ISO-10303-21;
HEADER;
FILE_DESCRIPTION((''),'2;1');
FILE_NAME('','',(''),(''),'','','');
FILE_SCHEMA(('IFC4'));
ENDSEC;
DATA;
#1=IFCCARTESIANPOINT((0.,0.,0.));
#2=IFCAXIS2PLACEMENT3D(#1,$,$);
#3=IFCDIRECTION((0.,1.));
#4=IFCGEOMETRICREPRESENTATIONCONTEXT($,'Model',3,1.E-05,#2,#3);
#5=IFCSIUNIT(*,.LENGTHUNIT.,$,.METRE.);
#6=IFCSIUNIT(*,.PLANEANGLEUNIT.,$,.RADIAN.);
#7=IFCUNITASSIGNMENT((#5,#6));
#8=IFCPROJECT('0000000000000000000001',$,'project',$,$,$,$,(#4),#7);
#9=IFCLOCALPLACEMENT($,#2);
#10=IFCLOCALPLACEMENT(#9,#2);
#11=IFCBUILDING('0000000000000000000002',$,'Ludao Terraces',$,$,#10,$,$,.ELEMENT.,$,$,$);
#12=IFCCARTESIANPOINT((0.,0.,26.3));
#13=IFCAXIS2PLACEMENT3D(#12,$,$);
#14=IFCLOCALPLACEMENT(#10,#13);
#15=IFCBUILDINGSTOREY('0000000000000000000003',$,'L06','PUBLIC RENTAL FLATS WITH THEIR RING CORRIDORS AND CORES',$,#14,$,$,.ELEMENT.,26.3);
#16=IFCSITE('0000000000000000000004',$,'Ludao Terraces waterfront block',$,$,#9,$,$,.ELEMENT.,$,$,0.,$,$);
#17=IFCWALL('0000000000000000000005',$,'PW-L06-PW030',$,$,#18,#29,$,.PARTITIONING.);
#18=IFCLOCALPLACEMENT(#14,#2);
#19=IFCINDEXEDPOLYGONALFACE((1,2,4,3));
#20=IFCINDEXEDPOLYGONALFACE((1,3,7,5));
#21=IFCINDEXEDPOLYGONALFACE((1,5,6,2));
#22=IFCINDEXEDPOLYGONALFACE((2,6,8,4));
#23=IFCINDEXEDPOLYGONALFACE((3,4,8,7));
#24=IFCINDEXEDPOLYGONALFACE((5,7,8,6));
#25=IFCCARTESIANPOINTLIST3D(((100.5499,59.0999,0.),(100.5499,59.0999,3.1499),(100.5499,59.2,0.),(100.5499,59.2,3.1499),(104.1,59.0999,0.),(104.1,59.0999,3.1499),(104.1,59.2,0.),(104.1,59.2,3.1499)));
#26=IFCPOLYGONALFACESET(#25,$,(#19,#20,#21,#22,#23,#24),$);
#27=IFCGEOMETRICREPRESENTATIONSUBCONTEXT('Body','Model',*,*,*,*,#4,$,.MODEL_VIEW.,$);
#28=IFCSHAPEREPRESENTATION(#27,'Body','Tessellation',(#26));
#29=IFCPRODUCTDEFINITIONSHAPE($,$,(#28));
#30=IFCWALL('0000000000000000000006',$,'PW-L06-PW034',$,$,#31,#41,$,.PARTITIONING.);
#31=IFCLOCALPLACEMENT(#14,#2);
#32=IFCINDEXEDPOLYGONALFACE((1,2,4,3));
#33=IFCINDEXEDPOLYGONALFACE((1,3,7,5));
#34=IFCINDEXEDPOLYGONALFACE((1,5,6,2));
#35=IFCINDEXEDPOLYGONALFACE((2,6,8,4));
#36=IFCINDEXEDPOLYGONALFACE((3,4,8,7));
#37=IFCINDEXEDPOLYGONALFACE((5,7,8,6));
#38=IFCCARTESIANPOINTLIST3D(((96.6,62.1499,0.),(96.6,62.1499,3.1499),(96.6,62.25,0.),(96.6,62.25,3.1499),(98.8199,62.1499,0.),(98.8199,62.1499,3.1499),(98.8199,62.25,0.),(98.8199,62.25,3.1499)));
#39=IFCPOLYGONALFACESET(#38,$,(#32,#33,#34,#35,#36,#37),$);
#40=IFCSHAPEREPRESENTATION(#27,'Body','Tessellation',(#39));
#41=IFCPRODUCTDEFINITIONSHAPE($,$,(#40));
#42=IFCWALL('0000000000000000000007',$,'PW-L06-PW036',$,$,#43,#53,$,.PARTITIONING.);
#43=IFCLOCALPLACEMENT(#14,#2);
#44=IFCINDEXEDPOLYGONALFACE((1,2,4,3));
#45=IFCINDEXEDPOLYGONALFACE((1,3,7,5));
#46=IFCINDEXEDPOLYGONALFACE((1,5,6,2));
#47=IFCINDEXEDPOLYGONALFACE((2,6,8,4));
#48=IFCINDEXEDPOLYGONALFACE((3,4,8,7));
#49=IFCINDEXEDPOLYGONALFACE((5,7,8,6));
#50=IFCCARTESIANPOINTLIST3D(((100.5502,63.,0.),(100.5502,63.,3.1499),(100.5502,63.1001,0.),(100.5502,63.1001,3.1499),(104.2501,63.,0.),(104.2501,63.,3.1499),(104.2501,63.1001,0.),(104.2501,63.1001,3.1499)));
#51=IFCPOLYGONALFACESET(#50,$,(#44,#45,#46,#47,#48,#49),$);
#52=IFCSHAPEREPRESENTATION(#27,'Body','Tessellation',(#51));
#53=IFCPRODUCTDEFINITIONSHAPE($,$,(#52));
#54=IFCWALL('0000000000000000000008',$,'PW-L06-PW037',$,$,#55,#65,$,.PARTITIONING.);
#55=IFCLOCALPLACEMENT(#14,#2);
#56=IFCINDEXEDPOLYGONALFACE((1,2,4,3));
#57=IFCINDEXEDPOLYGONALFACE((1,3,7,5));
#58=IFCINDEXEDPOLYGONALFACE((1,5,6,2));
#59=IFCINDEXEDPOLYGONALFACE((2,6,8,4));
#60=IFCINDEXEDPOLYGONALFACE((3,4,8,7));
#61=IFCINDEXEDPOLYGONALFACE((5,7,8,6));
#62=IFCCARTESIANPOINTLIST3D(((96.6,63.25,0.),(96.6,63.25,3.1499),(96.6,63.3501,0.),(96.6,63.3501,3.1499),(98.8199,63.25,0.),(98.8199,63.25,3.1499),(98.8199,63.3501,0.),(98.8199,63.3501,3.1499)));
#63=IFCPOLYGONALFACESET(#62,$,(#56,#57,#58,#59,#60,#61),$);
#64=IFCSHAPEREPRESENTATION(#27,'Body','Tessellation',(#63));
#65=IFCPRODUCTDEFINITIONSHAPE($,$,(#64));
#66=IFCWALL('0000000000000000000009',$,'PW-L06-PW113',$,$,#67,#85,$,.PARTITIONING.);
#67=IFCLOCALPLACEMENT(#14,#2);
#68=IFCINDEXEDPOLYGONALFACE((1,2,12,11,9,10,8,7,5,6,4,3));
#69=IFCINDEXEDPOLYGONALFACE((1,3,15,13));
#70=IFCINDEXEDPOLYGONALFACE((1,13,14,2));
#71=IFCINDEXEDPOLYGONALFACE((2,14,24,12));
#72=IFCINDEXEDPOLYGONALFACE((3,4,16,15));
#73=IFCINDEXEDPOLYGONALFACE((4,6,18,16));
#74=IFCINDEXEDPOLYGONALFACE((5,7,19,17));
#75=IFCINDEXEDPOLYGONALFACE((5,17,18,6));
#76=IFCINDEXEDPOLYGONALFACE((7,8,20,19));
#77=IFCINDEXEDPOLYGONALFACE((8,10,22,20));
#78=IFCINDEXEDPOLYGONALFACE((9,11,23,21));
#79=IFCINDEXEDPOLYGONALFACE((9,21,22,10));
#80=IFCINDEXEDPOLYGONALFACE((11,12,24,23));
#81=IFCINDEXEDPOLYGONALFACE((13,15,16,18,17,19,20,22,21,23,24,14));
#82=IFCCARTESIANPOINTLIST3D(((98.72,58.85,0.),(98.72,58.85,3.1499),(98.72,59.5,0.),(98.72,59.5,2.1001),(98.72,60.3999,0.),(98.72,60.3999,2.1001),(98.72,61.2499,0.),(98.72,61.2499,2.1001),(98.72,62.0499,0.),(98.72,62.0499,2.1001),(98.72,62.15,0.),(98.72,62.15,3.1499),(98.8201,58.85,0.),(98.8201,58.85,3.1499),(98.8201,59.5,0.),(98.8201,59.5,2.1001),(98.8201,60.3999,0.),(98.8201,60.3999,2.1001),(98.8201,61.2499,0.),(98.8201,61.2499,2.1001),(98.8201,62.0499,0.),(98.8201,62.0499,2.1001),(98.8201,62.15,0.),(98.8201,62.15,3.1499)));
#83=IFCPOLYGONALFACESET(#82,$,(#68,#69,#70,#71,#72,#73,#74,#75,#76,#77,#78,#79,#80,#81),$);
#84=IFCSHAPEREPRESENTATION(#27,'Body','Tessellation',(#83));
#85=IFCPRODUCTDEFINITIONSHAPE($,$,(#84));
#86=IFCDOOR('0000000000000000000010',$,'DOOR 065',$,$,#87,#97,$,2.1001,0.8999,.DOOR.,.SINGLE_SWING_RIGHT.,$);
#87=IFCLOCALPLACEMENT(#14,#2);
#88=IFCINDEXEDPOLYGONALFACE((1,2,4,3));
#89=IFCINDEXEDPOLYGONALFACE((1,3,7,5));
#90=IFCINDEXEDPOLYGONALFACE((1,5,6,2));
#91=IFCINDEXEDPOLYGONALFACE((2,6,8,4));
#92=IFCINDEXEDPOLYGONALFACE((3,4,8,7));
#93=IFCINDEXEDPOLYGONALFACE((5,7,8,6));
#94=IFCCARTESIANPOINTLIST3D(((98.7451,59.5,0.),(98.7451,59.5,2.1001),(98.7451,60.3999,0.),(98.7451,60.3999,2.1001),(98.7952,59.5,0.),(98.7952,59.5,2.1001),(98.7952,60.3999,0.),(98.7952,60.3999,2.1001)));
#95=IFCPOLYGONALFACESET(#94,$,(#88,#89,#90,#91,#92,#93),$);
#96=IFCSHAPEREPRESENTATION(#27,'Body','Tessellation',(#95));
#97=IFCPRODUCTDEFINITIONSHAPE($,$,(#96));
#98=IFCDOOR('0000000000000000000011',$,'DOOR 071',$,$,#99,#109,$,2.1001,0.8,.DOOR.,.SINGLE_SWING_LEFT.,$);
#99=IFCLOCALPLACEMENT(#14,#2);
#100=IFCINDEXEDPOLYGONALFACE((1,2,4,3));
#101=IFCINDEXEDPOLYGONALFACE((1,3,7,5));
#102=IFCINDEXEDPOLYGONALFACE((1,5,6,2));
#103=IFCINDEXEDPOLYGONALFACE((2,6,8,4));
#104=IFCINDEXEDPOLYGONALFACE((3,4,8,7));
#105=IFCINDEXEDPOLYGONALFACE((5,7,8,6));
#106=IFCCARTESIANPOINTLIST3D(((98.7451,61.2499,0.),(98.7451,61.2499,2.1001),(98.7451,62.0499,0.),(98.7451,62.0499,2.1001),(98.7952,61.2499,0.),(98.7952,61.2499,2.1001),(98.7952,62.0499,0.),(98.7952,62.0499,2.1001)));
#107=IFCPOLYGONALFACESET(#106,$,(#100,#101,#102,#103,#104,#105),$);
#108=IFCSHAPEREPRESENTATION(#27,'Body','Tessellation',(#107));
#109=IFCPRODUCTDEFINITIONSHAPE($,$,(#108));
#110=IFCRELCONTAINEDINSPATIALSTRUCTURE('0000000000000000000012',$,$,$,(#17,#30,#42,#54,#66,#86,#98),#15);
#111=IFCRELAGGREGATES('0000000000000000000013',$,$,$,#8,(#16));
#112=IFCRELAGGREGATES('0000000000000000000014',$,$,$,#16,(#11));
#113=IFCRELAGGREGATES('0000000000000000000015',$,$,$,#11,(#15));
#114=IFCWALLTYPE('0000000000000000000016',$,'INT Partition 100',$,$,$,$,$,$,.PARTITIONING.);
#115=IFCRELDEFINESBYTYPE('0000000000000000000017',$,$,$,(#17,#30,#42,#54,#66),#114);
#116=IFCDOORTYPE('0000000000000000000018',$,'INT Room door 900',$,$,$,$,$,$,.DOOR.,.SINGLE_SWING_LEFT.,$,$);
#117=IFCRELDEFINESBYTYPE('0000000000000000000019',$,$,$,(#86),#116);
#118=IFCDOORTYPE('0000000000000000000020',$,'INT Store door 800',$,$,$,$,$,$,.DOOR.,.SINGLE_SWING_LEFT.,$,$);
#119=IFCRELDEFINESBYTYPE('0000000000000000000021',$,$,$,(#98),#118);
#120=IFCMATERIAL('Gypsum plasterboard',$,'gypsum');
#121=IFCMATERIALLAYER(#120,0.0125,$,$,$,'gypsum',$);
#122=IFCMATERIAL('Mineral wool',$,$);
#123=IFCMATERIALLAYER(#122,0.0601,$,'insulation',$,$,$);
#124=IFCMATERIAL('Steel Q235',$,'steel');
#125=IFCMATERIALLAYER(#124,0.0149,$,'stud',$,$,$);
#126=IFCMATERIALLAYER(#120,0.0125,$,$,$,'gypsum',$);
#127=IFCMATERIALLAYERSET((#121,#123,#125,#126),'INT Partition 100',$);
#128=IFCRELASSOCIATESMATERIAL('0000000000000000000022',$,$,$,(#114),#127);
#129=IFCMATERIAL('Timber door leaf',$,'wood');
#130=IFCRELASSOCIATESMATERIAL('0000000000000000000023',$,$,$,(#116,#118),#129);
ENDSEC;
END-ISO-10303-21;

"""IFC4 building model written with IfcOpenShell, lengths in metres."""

from ifc_helpers import new_model, si_unit, direction, frame, frame_2d, origin, place, context, subcontext, project, spatial, rectangle, extrude, material, layer, layer_set, type_object, element, fill, save


model = new_model("IFC4")

# Units and contexts
model_context = context("Model", 3, precision=1e-05, world=origin(), true_north=direction((0.0, 1.0)))
body_context = subcontext(model_context, "Body", "Model", "MODEL_VIEW")
ifc_project = project(units=[si_unit("LENGTHUNIT", "METRE"), si_unit("PLANEANGLEUNIT", "RADIAN")], contexts=[model_context])

# Site, building, storey
site_placement = place(None, origin())
site = spatial("IfcSite", under=ifc_project, at=site_placement, Name="Ludao Terraces waterfront block", CompositionType="ELEMENT", RefElevation=0.0)
building_placement = place(site_placement, origin())
building = spatial("IfcBuilding", under=site, at=building_placement, Name="Ludao Terraces", CompositionType="ELEMENT")
storey_placement = place(building_placement, frame((0.0, 0.0, 26.3)))
storey = spatial("IfcBuildingStorey", under=building, at=storey_placement, Name="L06", Description="PUBLIC RENTAL FLATS WITH THEIR RING CORRIDORS AND CORES", CompositionType="ELEMENT", Elevation=26.3)

# Walls
ifc_material_1 = material(Name="Gypsum plasterboard", Category="gypsum")
ifc_layer_1 = layer(ifc_material_1, 0.0125, Category="gypsum")
ifc_material_2 = material(Name="Mineral wool")
ifc_layer_2 = layer(ifc_material_2, 0.0601, Name="insulation")
ifc_material_3 = material(Name="Steel Q235", Category="steel")
ifc_layer_3 = layer(ifc_material_3, 0.0149, Name="stud")
ifc_layer_4 = layer(ifc_material_1, 0.0125, Category="gypsum")
ifc_layer_set = layer_set([ifc_layer_1, ifc_layer_2, ifc_layer_3, ifc_layer_4], Name="INT Partition 100")
wall_type = type_object("IfcWallType", Name="INT Partition 100", PredefinedType="PARTITIONING", material=ifc_layer_set)
wall_1_placement = place(storey_placement, frame((100.55, 59.1499, 0.0), z_axis=(0.0, 0.0, 1.0), x_axis=(1.0, 0.0, 0.0)))
element("IfcWall", 1, at=wall_1_placement, inside=storey, type_object=wall_type, Name="PW-L06-PW030", PredefinedType="PARTITIONING", context=body_context, shape_type="SweptSolid", body=[
    extrude(rectangle(XDim=3.55, YDim=0.1001, at=frame_2d((1.7749, 0.0))), origin(), (0.0, 0.0, 1.0), 3.1499),
])
wall_2_placement = place(storey_placement, frame((96.6001, 62.2, 0.0), z_axis=(0.0, 0.0, 1.0), x_axis=(1.0, 0.0, 0.0)))
element("IfcWall", 2, at=wall_2_placement, inside=storey, type_object=wall_type, Name="PW-L06-PW034", PredefinedType="PARTITIONING", context=body_context, shape_type="SweptSolid", body=[
    extrude(rectangle(XDim=2.22, YDim=0.1001, at=frame_2d((1.1099, 0.0))), origin(), (0.0, 0.0, 1.0), 3.1499),
])
wall_3_placement = place(storey_placement, frame((100.55, 63.05, 0.0), z_axis=(0.0, 0.0, 1.0), x_axis=(1.0, 0.0, 0.0)))
element("IfcWall", 3, at=wall_3_placement, inside=storey, type_object=wall_type, Name="PW-L06-PW036", PredefinedType="PARTITIONING", context=body_context, shape_type="SweptSolid", body=[
    extrude(rectangle(XDim=3.7, YDim=0.1001, at=frame_2d((1.8501, 0.0))), origin(), (0.0, 0.0, 1.0), 3.1499),
])
wall_4_placement = place(storey_placement, frame((96.6001, 63.3, 0.0), z_axis=(0.0, 0.0, 1.0), x_axis=(1.0, 0.0, 0.0)))
element("IfcWall", 4, at=wall_4_placement, inside=storey, type_object=wall_type, Name="PW-L06-PW037", PredefinedType="PARTITIONING", context=body_context, shape_type="SweptSolid", body=[
    extrude(rectangle(XDim=2.22, YDim=0.1001, at=frame_2d((1.1099, 0.0))), origin(), (0.0, 0.0, 1.0), 3.1499),
])

# Wall, openings, doors
wall_5_placement = place(storey_placement, frame((98.77, 58.8501, 0.0), z_axis=(0.0, 0.0, 1.0), x_axis=(0.0, 1.0, 0.0)))
wall_5 = element("IfcWall", 5, at=wall_5_placement, inside=storey, type_object=wall_type, Name="PW-L06-PW113", PredefinedType="PARTITIONING", context=body_context, shape_type="SweptSolid", body=[
    extrude(rectangle(XDim=3.3, YDim=0.1001, at=frame_2d((1.6499, 0.0))), origin(), (0.0, 0.0, 1.0), 3.1499),
])
opening_1_placement = place(wall_5_placement, frame((0.6499, 0.0, 0.0)))
opening_1 = element("IfcOpeningElement", 6, at=opening_1_placement, cuts=wall_5, PredefinedType="OPENING", context=body_context, shape_type="SweptSolid", body=[
    extrude(rectangle(XDim=0.8999, YDim=2.1001, at=frame_2d((0.45, 1.05))), frame((0.0, 0.0601, 0.0), z_axis=(0.0, -1.0, 0.0), x_axis=(1.0, 0.0, 0.0)), (0.0, 0.0, 1.0), 0.1201),
])
opening_2_placement = place(wall_5_placement, frame((2.3999, 0.0, 0.0)))
opening_2 = element("IfcOpeningElement", 7, at=opening_2_placement, cuts=wall_5, PredefinedType="OPENING", context=body_context, shape_type="SweptSolid", body=[
    extrude(rectangle(XDim=0.8, YDim=2.1001, at=frame_2d((0.3999, 1.05))), frame((0.0, 0.0601, 0.0), z_axis=(0.0, -1.0, 0.0), x_axis=(1.0, 0.0, 0.0)), (0.0, 0.0, 1.0), 0.1201),
])
ifc_material_4 = material(Name="Timber door leaf", Category="wood")
door_type_1 = type_object("IfcDoorType", Name="INT Room door 900", OperationType="SINGLE_SWING_LEFT", PredefinedType="DOOR", material=ifc_material_4)
door_1_placement = place(opening_1_placement, origin())
door_1 = element("IfcDoor", 8, at=door_1_placement, inside=storey, type_object=door_type_1, Name="DOOR 065", OperationType="SINGLE_SWING_RIGHT", OverallHeight=2.1001, OverallWidth=0.8999, PredefinedType="DOOR", context=body_context, shape_type="SweptSolid", body=[
    extrude(rectangle(XDim=0.8999, YDim=2.1001, at=frame_2d((0.45, 1.05))), frame((0.0, 0.0249, 0.0), z_axis=(0.0, -1.0, 0.0), x_axis=(1.0, 0.0, 0.0)), (0.0, 0.0, 1.0), 0.05),
])
fill(opening_1, door_1)
door_type_2 = type_object("IfcDoorType", Name="INT Store door 800", OperationType="SINGLE_SWING_LEFT", PredefinedType="DOOR", material=ifc_material_4)
door_2_placement = place(opening_2_placement, origin())
door_2 = element("IfcDoor", 9, at=door_2_placement, inside=storey, type_object=door_type_2, Name="DOOR 071", OperationType="SINGLE_SWING_LEFT", OverallHeight=2.1001, OverallWidth=0.8, PredefinedType="DOOR", context=body_context, shape_type="SweptSolid", body=[
    extrude(rectangle(XDim=0.8, YDim=2.1001, at=frame_2d((0.3999, 1.05))), frame((0.0, 0.0249, 0.0), z_axis=(0.0, -1.0, 0.0), x_axis=(1.0, 0.0, 0.0)), (0.0, 0.0, 1.0), 0.05),
])
fill(opening_2, door_2)

save(model, "model.ifc")
